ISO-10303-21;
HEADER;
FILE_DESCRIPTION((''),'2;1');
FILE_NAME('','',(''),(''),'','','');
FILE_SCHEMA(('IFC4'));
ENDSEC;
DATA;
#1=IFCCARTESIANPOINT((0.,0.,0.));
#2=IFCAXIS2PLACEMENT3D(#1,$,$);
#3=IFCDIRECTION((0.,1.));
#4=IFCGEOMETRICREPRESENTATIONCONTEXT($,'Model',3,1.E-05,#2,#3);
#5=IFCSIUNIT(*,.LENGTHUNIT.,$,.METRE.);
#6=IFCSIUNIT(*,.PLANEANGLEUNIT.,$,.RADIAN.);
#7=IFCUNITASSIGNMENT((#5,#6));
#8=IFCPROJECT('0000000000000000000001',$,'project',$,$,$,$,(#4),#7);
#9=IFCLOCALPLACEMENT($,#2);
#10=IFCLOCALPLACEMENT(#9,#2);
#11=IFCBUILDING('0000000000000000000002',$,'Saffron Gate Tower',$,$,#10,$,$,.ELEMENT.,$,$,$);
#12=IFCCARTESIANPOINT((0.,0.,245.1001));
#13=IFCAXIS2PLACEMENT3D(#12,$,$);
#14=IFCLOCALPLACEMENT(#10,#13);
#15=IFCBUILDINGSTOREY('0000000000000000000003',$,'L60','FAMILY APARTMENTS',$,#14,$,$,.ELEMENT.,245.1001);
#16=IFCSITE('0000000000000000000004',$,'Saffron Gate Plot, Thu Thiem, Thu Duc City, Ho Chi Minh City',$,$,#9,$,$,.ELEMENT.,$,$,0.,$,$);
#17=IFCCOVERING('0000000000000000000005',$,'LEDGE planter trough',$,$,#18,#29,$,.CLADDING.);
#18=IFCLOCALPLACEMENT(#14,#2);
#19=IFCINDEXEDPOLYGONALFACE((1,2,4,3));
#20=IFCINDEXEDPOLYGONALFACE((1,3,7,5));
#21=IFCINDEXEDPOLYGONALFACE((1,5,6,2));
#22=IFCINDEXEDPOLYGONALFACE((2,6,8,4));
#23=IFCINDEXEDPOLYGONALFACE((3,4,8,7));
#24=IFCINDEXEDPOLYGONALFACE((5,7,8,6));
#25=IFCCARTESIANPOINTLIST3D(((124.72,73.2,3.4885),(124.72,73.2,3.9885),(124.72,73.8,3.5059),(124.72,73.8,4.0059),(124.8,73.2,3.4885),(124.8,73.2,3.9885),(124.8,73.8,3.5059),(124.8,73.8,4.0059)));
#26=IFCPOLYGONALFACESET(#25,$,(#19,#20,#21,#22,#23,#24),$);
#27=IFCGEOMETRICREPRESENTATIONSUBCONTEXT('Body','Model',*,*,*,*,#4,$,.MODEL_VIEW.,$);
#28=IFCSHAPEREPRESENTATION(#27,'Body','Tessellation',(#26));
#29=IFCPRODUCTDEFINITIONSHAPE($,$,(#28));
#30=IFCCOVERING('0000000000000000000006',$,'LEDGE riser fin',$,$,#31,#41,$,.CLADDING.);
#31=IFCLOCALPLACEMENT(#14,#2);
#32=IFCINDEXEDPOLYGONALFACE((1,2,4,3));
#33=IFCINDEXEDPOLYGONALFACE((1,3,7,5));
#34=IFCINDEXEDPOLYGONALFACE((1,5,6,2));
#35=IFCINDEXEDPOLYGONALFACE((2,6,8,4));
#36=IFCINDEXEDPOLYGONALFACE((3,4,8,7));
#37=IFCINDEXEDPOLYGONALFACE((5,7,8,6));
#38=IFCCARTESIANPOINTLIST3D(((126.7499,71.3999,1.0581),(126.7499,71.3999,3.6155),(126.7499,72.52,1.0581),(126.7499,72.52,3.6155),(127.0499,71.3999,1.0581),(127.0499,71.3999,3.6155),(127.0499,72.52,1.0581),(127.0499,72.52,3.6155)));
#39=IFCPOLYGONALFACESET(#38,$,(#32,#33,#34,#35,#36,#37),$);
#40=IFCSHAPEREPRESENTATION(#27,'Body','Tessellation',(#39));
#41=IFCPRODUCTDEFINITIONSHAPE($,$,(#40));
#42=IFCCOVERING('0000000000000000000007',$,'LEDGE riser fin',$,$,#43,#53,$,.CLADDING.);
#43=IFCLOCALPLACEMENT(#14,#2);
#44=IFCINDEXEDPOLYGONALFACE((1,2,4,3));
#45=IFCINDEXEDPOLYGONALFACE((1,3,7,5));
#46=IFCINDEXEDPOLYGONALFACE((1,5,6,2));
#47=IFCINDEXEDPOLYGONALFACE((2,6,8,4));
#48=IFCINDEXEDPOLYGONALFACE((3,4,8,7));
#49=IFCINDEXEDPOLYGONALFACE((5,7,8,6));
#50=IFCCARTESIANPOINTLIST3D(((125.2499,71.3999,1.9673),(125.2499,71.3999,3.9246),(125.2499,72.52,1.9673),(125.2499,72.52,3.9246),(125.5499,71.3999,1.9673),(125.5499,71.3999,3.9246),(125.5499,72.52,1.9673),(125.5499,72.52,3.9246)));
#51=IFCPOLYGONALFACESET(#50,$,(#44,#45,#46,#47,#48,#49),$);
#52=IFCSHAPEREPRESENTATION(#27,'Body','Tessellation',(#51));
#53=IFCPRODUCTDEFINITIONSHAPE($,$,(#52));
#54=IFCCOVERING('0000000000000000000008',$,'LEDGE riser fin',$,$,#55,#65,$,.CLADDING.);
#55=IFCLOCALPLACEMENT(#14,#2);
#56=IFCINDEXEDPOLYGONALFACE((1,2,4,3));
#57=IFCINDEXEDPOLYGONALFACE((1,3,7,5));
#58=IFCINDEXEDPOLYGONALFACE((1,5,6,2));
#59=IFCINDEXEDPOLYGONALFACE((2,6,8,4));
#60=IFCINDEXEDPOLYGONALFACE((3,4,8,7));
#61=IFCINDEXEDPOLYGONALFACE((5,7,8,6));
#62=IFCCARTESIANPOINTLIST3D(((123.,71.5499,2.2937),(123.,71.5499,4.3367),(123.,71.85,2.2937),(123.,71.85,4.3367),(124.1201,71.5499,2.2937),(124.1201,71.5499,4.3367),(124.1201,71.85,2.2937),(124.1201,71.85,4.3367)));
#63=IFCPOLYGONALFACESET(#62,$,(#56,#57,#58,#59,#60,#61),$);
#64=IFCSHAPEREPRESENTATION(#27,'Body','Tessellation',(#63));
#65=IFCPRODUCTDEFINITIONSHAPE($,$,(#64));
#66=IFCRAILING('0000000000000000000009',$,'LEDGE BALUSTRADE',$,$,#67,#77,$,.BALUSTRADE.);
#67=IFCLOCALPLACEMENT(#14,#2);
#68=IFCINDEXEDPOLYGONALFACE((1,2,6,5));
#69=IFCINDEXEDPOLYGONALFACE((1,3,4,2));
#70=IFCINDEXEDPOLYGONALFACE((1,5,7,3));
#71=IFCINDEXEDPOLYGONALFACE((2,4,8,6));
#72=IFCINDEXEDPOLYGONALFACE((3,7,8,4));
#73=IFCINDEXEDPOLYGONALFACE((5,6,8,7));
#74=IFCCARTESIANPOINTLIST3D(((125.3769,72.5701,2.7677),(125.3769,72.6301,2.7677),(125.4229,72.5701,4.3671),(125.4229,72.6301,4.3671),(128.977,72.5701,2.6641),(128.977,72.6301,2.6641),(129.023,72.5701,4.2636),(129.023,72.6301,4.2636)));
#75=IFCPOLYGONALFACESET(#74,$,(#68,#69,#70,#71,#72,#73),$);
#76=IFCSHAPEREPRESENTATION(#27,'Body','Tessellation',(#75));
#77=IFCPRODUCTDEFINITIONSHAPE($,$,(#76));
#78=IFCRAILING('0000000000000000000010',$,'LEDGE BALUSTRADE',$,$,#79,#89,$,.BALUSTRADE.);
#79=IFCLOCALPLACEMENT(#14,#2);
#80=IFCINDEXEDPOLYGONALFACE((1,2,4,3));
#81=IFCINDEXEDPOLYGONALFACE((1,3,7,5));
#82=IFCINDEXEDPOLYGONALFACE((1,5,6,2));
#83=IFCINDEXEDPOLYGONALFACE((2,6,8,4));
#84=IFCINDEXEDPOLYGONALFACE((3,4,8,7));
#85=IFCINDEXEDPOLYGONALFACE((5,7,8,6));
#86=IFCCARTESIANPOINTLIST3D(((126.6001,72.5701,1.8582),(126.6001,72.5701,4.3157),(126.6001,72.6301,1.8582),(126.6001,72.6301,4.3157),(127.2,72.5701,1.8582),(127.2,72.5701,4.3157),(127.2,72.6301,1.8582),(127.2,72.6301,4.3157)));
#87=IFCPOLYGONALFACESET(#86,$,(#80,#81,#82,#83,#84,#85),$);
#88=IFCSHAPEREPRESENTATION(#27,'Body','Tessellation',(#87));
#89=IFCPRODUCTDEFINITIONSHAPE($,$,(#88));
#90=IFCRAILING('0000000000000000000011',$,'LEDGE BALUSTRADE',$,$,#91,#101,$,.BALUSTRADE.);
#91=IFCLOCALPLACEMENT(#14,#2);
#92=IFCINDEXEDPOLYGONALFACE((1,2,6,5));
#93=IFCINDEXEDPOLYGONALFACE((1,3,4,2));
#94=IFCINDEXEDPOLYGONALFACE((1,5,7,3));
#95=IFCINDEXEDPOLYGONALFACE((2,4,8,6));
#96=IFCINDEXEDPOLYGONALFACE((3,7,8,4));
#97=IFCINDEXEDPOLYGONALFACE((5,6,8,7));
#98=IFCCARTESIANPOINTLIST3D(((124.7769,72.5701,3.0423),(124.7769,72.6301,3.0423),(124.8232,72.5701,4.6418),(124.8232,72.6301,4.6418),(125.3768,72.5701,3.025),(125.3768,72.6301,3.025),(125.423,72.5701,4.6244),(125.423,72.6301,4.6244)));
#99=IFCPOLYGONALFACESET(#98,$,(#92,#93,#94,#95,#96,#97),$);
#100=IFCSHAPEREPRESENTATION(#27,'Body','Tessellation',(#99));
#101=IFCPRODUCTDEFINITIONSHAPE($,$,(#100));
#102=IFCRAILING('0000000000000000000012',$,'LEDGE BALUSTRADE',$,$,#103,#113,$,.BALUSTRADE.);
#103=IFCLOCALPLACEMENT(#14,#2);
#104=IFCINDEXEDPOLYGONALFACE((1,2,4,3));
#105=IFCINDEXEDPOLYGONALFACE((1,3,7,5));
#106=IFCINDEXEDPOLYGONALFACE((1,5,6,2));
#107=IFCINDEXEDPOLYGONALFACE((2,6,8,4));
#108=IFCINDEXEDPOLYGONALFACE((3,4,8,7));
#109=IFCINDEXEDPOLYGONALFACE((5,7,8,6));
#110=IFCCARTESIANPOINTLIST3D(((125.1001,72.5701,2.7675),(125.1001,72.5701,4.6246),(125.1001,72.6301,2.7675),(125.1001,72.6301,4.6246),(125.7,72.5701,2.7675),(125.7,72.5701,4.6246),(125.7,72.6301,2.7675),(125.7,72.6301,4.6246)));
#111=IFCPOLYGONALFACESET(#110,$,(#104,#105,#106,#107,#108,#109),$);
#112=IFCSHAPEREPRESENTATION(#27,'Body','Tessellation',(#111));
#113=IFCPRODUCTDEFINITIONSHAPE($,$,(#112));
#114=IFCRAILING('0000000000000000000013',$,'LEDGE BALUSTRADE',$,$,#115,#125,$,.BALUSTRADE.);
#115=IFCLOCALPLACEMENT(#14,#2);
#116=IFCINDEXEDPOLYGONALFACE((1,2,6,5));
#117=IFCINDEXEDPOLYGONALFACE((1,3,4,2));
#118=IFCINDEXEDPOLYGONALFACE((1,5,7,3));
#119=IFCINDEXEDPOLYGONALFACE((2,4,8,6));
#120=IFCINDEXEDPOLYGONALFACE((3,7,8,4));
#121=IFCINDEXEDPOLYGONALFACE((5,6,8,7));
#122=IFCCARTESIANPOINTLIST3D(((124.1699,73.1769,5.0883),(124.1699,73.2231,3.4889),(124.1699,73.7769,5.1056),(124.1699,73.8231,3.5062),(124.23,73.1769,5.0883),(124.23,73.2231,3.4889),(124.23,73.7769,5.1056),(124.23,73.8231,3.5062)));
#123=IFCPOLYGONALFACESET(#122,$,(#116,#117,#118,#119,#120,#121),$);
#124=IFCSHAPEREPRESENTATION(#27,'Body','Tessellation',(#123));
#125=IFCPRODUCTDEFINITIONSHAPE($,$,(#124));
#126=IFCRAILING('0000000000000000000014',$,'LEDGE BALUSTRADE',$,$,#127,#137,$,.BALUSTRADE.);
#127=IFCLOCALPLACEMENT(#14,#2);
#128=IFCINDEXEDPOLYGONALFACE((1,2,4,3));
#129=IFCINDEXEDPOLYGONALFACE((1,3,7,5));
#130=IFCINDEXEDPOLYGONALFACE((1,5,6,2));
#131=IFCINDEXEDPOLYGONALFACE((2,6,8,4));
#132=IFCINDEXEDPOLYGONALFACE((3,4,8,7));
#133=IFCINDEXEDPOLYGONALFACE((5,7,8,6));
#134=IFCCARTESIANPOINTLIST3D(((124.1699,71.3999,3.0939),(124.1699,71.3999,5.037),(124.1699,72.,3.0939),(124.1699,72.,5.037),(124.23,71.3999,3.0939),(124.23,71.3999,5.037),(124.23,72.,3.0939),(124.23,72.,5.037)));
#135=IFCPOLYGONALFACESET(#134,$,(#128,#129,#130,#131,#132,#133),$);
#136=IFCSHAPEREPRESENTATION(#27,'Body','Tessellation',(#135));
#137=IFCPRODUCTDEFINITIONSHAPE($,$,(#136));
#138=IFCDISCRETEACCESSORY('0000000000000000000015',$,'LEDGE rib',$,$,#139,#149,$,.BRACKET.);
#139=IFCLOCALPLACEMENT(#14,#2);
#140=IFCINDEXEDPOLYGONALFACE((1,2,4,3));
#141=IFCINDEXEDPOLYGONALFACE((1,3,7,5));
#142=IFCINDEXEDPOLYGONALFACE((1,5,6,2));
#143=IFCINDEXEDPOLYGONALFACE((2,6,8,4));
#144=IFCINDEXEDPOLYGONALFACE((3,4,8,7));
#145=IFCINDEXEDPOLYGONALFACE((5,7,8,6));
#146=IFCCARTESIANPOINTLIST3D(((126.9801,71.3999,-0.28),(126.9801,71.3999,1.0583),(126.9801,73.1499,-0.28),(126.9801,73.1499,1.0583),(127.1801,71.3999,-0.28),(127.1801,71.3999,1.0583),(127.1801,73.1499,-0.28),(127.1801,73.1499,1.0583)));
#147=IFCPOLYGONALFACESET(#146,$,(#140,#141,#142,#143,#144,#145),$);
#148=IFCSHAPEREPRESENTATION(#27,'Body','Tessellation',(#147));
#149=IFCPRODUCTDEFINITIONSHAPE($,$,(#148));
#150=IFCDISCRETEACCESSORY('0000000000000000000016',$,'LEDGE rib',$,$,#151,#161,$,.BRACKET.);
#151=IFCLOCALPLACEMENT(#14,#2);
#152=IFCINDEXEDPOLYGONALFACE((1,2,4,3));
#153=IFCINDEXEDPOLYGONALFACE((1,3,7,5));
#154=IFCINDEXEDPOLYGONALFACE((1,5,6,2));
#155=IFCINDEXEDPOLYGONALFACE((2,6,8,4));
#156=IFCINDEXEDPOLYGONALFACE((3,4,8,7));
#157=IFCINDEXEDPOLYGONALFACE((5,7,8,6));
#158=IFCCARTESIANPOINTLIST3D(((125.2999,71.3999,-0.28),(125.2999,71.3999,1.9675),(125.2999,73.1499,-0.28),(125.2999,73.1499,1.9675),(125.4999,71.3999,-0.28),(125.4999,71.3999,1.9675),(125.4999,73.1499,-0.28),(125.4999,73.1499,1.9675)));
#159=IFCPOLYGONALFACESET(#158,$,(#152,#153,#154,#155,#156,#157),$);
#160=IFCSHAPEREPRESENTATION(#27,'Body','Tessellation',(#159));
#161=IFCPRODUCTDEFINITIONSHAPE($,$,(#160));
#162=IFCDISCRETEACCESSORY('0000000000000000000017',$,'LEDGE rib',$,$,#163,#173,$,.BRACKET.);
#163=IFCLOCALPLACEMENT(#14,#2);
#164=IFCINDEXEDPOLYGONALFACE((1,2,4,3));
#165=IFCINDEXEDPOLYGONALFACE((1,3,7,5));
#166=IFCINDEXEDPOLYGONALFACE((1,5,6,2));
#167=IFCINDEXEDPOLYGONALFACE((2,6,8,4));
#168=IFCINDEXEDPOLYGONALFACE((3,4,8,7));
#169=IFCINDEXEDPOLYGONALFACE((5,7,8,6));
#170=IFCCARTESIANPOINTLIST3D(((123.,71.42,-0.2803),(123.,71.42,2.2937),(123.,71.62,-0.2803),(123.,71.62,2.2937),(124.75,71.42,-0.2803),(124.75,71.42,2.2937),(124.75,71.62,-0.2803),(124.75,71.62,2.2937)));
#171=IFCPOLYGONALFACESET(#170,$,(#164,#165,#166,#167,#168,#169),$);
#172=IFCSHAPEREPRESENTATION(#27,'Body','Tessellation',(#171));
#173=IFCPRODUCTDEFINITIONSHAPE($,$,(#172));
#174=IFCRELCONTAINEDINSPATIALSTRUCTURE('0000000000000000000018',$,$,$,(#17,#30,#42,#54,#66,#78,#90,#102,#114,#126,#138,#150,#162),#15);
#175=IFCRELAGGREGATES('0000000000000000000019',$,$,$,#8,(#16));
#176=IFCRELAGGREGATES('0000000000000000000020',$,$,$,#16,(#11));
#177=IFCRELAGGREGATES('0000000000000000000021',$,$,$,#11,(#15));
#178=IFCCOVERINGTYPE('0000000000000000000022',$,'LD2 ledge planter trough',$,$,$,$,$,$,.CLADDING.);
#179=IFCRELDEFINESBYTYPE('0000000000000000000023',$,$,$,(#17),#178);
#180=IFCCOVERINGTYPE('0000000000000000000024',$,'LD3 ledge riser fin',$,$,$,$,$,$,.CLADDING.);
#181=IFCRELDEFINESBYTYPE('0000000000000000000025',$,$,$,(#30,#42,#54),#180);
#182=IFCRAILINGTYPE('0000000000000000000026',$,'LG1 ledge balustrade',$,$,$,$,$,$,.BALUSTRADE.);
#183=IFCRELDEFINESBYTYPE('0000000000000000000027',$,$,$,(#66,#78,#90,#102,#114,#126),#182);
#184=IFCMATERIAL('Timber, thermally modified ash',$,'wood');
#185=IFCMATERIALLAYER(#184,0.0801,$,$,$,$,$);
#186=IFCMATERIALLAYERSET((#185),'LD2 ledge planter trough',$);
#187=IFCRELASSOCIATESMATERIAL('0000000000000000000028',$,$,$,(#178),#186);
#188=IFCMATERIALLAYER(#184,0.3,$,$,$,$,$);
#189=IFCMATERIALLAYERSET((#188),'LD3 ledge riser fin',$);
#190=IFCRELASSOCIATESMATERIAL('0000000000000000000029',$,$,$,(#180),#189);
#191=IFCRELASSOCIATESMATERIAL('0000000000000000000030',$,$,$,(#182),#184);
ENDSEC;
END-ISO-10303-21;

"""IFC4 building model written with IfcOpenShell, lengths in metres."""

from ifc_helpers import new_model, si_unit, direction, frame, origin, origin_2d, place, context, subcontext, project, spatial, polyline, rectangle, outline, extrude, material, layer, layer_set, type_object, element, save


model = new_model("IFC4")

# Units and contexts
model_context = context("Model", 3, precision=1e-05, world=origin(), true_north=direction((0.0, 1.0)))
body_context = subcontext(model_context, "Body", "Model", "MODEL_VIEW")
ifc_project = project(units=[si_unit("LENGTHUNIT", "METRE"), si_unit("PLANEANGLEUNIT", "RADIAN")], contexts=[model_context])

# Site, building, storey
site_placement = place(None, origin())
site = spatial("IfcSite", under=ifc_project, at=site_placement, Name="Saffron Gate Plot, Thu Thiem, Thu Duc City, Ho Chi Minh City", CompositionType="ELEMENT", RefElevation=0.0)
building_placement = place(site_placement, origin())
building = spatial("IfcBuilding", under=site, at=building_placement, Name="Saffron Gate Tower", CompositionType="ELEMENT")
storey_placement = place(building_placement, frame((0.0, 0.0, 245.1001)))
storey = spatial("IfcBuildingStorey", under=building, at=storey_placement, Name="L60", Description="FAMILY APARTMENTS", CompositionType="ELEMENT", Elevation=245.1001)

# Coverings
ifc_material_1 = material(Name="Timber, thermally modified ash", Category="wood")
ifc_layer_1 = layer(ifc_material_1, 0.0801)
ifc_layer_set_1 = layer_set([ifc_layer_1], Name="LD2 ledge planter trough")
covering_type_1 = type_object("IfcCoveringType", Name="LD2 ledge planter trough", PredefinedType="CLADDING", material=ifc_layer_set_1)
covering_1_placement = place(storey_placement, frame((124.8, 73.2, 3.4885), z_axis=(1.0, 0.0, 0.0), x_axis=(0.0, 0.999583, 0.028873)))
element("IfcCovering", 1, at=covering_1_placement, inside=storey, type_object=covering_type_1, Name="LEDGE planter trough", PredefinedType="CLADDING", context=body_context, shape_type="SweptSolid", body=[
    extrude(outline(polyline([(0.0, 0.0), (0.6003, 0.0), (0.6148, 0.4998), (0.0144, 0.4998), (0.0, 0.0)])), origin(), (0.0, 0.0, -1.0), 0.0801),
])
ifc_layer_2 = layer(ifc_material_1, 0.3)
ifc_layer_set_2 = layer_set([ifc_layer_2], Name="LD3 ledge riser fin")
covering_type_2 = type_object("IfcCoveringType", Name="LD3 ledge riser fin", PredefinedType="CLADDING", material=ifc_layer_set_2)
covering_2_placement = place(storey_placement, frame((126.8999, 71.96, 1.0581), z_axis=(0.0, 0.0, 1.0), x_axis=(-1.0, 0.0, 0.0)))
element("IfcCovering", 2, at=covering_2_placement, inside=storey, type_object=covering_type_2, Name="LEDGE riser fin", PredefinedType="CLADDING", context=body_context, shape_type="SweptSolid", body=[
    extrude(rectangle(XDim=0.3, YDim=1.1201, at=origin_2d()), origin(), (0.0, 0.0, 1.0), 2.5574),
])
covering_3_placement = place(storey_placement, frame((125.3999, 71.96, 1.9673), z_axis=(0.0, 0.0, 1.0), x_axis=(-1.0, 0.0, 0.0)))
element("IfcCovering", 3, at=covering_3_placement, inside=storey, type_object=covering_type_2, Name="LEDGE riser fin", PredefinedType="CLADDING", context=body_context, shape_type="SweptSolid", body=[
    extrude(rectangle(XDim=0.3, YDim=1.1201, at=origin_2d()), origin(), (0.0, 0.0, 1.0), 1.9573),
])
covering_4_placement = place(storey_placement, frame((123.5601, 71.7, 2.2937), z_axis=(0.0, 0.0, 1.0), x_axis=(0.0, 1.0, 0.0)))
element("IfcCovering", 4, at=covering_4_placement, inside=storey, type_object=covering_type_2, Name="LEDGE riser fin", PredefinedType="CLADDING", context=body_context, shape_type="SweptSolid", body=[
    extrude(rectangle(XDim=0.3, YDim=1.1201, at=origin_2d()), origin(), (0.0, 0.0, 1.0), 2.043),
])

# Railings
railing_type = type_object("IfcRailingType", Name="LG1 ledge balustrade", PredefinedType="BALUSTRADE", material=ifc_material_1)
railing_1_placement = place(storey_placement, frame((129.0, 72.6001, 2.6638)))
element("IfcRailing", 5, at=railing_1_placement, inside=storey, type_object=railing_type, Name="LEDGE BALUSTRADE", PredefinedType="BALUSTRADE", context=body_context, shape_type="SweptSolid", body=[
    extrude(rectangle(XDim=0.0601, YDim=1.6001, at=origin_2d()), frame((0.0, 0.0, 0.8), z_axis=(-0.999587, 0.0, 0.028742), x_axis=(0.0, -1.0, 0.0)), (0.0, 0.0, 1.0), 3.6016),
])
railing_2_placement = place(storey_placement, frame((127.2, 72.6001, 1.8582)))
element("IfcRailing", 6, at=railing_2_placement, inside=storey, type_object=railing_type, Name="LEDGE BALUSTRADE", PredefinedType="BALUSTRADE", context=body_context, shape_type="SweptSolid", body=[
    extrude(rectangle(XDim=0.0601, YDim=2.4575, at=origin_2d()), frame((0.0, 0.0, 1.2288), z_axis=(-1.0, 0.0, 0.0), x_axis=(0.0, -1.0, 0.0)), (0.0, 0.0, 1.0), 0.5999),
])
railing_3_placement = place(storey_placement, frame((125.3999, 72.6001, 3.0247)))
element("IfcRailing", 7, at=railing_3_placement, inside=storey, type_object=railing_type, Name="LEDGE BALUSTRADE", PredefinedType="BALUSTRADE", context=body_context, shape_type="SweptSolid", body=[
    extrude(rectangle(XDim=0.0601, YDim=1.6001, at=origin_2d()), frame((0.0, 0.0, 0.8), z_axis=(-0.999583, 0.0, 0.028885), x_axis=(0.0, -1.0, 0.0)), (0.0, 0.0, 1.0), 0.6001),
])
railing_4_placement = place(storey_placement, frame((125.7, 72.6001, 2.7673)))
element("IfcRailing", 8, at=railing_4_placement, inside=storey, type_object=railing_type, Name="LEDGE BALUSTRADE", PredefinedType="BALUSTRADE", context=body_context, shape_type="SweptSolid", body=[
    extrude(rectangle(XDim=0.0601, YDim=1.8572, at=origin_2d()), frame((0.0, 0.0, 0.9287), z_axis=(-1.0, 0.0, 0.0), x_axis=(0.0, -1.0, 0.0)), (0.0, 0.0, 1.0), 0.5999),
])
railing_5_placement = place(storey_placement, frame((124.2, 73.2, 3.4885)))
element("IfcRailing", 9, at=railing_5_placement, inside=storey, type_object=railing_type, Name="LEDGE BALUSTRADE", PredefinedType="BALUSTRADE", context=body_context, shape_type="SweptSolid", body=[
    extrude(rectangle(XDim=0.0601, YDim=1.6001, at=origin_2d()), frame((0.0, 0.0, 0.8), z_axis=(0.0, 0.999583, 0.028873), x_axis=(-1.0, 0.0, 0.0)), (0.0, 0.0, 1.0), 0.6003),
])
railing_6_placement = place(storey_placement, frame((124.2, 71.3999, 3.0938)))
element("IfcRailing", 10, at=railing_6_placement, inside=storey, type_object=railing_type, Name="LEDGE BALUSTRADE", PredefinedType="BALUSTRADE", context=body_context, shape_type="SweptSolid", body=[
    extrude(rectangle(XDim=0.0601, YDim=1.9431, at=origin_2d()), frame((0.0, 0.0, 0.9717), z_axis=(0.0, 1.0, 0.0), x_axis=(-1.0, 0.0, 0.0)), (0.0, 0.0, 1.0), 0.6001),
])

# Discrete accessories
discrete_accessory_1_placement = place(storey_placement, frame((127.0801, 72.2749, -0.28), z_axis=(0.0, 0.0, 1.0), x_axis=(-1.0, 0.0, 0.0)))
element("IfcDiscreteAccessory", 11, at=discrete_accessory_1_placement, inside=storey, Name="LEDGE rib", PredefinedType="BRACKET", context=body_context, shape_type="SweptSolid", body=[
    extrude(rectangle(XDim=0.2, YDim=1.75, at=origin_2d()), origin(), (0.0, 0.0, 1.0), 1.3384),
])
discrete_accessory_2_placement = place(storey_placement, frame((125.3999, 72.2749, -0.28), z_axis=(0.0, 0.0, 1.0), x_axis=(-1.0, 0.0, 0.0)))
element("IfcDiscreteAccessory", 12, at=discrete_accessory_2_placement, inside=storey, Name="LEDGE rib", PredefinedType="BRACKET", context=body_context, shape_type="SweptSolid", body=[
    extrude(rectangle(XDim=0.2, YDim=1.75, at=origin_2d()), origin(), (0.0, 0.0, 1.0), 2.2476),
])
discrete_accessory_3_placement = place(storey_placement, frame((123.875, 71.52, -0.2803), z_axis=(0.0, 0.0, 1.0), x_axis=(0.0, 1.0, 0.0)))
element("IfcDiscreteAccessory", 13, at=discrete_accessory_3_placement, inside=storey, Name="LEDGE rib", PredefinedType="BRACKET", context=body_context, shape_type="SweptSolid", body=[
    extrude(rectangle(XDim=0.2, YDim=1.75, at=origin_2d()), origin(), (0.0, 0.0, 1.0), 2.574),
])

save(model, "model.ifc")
